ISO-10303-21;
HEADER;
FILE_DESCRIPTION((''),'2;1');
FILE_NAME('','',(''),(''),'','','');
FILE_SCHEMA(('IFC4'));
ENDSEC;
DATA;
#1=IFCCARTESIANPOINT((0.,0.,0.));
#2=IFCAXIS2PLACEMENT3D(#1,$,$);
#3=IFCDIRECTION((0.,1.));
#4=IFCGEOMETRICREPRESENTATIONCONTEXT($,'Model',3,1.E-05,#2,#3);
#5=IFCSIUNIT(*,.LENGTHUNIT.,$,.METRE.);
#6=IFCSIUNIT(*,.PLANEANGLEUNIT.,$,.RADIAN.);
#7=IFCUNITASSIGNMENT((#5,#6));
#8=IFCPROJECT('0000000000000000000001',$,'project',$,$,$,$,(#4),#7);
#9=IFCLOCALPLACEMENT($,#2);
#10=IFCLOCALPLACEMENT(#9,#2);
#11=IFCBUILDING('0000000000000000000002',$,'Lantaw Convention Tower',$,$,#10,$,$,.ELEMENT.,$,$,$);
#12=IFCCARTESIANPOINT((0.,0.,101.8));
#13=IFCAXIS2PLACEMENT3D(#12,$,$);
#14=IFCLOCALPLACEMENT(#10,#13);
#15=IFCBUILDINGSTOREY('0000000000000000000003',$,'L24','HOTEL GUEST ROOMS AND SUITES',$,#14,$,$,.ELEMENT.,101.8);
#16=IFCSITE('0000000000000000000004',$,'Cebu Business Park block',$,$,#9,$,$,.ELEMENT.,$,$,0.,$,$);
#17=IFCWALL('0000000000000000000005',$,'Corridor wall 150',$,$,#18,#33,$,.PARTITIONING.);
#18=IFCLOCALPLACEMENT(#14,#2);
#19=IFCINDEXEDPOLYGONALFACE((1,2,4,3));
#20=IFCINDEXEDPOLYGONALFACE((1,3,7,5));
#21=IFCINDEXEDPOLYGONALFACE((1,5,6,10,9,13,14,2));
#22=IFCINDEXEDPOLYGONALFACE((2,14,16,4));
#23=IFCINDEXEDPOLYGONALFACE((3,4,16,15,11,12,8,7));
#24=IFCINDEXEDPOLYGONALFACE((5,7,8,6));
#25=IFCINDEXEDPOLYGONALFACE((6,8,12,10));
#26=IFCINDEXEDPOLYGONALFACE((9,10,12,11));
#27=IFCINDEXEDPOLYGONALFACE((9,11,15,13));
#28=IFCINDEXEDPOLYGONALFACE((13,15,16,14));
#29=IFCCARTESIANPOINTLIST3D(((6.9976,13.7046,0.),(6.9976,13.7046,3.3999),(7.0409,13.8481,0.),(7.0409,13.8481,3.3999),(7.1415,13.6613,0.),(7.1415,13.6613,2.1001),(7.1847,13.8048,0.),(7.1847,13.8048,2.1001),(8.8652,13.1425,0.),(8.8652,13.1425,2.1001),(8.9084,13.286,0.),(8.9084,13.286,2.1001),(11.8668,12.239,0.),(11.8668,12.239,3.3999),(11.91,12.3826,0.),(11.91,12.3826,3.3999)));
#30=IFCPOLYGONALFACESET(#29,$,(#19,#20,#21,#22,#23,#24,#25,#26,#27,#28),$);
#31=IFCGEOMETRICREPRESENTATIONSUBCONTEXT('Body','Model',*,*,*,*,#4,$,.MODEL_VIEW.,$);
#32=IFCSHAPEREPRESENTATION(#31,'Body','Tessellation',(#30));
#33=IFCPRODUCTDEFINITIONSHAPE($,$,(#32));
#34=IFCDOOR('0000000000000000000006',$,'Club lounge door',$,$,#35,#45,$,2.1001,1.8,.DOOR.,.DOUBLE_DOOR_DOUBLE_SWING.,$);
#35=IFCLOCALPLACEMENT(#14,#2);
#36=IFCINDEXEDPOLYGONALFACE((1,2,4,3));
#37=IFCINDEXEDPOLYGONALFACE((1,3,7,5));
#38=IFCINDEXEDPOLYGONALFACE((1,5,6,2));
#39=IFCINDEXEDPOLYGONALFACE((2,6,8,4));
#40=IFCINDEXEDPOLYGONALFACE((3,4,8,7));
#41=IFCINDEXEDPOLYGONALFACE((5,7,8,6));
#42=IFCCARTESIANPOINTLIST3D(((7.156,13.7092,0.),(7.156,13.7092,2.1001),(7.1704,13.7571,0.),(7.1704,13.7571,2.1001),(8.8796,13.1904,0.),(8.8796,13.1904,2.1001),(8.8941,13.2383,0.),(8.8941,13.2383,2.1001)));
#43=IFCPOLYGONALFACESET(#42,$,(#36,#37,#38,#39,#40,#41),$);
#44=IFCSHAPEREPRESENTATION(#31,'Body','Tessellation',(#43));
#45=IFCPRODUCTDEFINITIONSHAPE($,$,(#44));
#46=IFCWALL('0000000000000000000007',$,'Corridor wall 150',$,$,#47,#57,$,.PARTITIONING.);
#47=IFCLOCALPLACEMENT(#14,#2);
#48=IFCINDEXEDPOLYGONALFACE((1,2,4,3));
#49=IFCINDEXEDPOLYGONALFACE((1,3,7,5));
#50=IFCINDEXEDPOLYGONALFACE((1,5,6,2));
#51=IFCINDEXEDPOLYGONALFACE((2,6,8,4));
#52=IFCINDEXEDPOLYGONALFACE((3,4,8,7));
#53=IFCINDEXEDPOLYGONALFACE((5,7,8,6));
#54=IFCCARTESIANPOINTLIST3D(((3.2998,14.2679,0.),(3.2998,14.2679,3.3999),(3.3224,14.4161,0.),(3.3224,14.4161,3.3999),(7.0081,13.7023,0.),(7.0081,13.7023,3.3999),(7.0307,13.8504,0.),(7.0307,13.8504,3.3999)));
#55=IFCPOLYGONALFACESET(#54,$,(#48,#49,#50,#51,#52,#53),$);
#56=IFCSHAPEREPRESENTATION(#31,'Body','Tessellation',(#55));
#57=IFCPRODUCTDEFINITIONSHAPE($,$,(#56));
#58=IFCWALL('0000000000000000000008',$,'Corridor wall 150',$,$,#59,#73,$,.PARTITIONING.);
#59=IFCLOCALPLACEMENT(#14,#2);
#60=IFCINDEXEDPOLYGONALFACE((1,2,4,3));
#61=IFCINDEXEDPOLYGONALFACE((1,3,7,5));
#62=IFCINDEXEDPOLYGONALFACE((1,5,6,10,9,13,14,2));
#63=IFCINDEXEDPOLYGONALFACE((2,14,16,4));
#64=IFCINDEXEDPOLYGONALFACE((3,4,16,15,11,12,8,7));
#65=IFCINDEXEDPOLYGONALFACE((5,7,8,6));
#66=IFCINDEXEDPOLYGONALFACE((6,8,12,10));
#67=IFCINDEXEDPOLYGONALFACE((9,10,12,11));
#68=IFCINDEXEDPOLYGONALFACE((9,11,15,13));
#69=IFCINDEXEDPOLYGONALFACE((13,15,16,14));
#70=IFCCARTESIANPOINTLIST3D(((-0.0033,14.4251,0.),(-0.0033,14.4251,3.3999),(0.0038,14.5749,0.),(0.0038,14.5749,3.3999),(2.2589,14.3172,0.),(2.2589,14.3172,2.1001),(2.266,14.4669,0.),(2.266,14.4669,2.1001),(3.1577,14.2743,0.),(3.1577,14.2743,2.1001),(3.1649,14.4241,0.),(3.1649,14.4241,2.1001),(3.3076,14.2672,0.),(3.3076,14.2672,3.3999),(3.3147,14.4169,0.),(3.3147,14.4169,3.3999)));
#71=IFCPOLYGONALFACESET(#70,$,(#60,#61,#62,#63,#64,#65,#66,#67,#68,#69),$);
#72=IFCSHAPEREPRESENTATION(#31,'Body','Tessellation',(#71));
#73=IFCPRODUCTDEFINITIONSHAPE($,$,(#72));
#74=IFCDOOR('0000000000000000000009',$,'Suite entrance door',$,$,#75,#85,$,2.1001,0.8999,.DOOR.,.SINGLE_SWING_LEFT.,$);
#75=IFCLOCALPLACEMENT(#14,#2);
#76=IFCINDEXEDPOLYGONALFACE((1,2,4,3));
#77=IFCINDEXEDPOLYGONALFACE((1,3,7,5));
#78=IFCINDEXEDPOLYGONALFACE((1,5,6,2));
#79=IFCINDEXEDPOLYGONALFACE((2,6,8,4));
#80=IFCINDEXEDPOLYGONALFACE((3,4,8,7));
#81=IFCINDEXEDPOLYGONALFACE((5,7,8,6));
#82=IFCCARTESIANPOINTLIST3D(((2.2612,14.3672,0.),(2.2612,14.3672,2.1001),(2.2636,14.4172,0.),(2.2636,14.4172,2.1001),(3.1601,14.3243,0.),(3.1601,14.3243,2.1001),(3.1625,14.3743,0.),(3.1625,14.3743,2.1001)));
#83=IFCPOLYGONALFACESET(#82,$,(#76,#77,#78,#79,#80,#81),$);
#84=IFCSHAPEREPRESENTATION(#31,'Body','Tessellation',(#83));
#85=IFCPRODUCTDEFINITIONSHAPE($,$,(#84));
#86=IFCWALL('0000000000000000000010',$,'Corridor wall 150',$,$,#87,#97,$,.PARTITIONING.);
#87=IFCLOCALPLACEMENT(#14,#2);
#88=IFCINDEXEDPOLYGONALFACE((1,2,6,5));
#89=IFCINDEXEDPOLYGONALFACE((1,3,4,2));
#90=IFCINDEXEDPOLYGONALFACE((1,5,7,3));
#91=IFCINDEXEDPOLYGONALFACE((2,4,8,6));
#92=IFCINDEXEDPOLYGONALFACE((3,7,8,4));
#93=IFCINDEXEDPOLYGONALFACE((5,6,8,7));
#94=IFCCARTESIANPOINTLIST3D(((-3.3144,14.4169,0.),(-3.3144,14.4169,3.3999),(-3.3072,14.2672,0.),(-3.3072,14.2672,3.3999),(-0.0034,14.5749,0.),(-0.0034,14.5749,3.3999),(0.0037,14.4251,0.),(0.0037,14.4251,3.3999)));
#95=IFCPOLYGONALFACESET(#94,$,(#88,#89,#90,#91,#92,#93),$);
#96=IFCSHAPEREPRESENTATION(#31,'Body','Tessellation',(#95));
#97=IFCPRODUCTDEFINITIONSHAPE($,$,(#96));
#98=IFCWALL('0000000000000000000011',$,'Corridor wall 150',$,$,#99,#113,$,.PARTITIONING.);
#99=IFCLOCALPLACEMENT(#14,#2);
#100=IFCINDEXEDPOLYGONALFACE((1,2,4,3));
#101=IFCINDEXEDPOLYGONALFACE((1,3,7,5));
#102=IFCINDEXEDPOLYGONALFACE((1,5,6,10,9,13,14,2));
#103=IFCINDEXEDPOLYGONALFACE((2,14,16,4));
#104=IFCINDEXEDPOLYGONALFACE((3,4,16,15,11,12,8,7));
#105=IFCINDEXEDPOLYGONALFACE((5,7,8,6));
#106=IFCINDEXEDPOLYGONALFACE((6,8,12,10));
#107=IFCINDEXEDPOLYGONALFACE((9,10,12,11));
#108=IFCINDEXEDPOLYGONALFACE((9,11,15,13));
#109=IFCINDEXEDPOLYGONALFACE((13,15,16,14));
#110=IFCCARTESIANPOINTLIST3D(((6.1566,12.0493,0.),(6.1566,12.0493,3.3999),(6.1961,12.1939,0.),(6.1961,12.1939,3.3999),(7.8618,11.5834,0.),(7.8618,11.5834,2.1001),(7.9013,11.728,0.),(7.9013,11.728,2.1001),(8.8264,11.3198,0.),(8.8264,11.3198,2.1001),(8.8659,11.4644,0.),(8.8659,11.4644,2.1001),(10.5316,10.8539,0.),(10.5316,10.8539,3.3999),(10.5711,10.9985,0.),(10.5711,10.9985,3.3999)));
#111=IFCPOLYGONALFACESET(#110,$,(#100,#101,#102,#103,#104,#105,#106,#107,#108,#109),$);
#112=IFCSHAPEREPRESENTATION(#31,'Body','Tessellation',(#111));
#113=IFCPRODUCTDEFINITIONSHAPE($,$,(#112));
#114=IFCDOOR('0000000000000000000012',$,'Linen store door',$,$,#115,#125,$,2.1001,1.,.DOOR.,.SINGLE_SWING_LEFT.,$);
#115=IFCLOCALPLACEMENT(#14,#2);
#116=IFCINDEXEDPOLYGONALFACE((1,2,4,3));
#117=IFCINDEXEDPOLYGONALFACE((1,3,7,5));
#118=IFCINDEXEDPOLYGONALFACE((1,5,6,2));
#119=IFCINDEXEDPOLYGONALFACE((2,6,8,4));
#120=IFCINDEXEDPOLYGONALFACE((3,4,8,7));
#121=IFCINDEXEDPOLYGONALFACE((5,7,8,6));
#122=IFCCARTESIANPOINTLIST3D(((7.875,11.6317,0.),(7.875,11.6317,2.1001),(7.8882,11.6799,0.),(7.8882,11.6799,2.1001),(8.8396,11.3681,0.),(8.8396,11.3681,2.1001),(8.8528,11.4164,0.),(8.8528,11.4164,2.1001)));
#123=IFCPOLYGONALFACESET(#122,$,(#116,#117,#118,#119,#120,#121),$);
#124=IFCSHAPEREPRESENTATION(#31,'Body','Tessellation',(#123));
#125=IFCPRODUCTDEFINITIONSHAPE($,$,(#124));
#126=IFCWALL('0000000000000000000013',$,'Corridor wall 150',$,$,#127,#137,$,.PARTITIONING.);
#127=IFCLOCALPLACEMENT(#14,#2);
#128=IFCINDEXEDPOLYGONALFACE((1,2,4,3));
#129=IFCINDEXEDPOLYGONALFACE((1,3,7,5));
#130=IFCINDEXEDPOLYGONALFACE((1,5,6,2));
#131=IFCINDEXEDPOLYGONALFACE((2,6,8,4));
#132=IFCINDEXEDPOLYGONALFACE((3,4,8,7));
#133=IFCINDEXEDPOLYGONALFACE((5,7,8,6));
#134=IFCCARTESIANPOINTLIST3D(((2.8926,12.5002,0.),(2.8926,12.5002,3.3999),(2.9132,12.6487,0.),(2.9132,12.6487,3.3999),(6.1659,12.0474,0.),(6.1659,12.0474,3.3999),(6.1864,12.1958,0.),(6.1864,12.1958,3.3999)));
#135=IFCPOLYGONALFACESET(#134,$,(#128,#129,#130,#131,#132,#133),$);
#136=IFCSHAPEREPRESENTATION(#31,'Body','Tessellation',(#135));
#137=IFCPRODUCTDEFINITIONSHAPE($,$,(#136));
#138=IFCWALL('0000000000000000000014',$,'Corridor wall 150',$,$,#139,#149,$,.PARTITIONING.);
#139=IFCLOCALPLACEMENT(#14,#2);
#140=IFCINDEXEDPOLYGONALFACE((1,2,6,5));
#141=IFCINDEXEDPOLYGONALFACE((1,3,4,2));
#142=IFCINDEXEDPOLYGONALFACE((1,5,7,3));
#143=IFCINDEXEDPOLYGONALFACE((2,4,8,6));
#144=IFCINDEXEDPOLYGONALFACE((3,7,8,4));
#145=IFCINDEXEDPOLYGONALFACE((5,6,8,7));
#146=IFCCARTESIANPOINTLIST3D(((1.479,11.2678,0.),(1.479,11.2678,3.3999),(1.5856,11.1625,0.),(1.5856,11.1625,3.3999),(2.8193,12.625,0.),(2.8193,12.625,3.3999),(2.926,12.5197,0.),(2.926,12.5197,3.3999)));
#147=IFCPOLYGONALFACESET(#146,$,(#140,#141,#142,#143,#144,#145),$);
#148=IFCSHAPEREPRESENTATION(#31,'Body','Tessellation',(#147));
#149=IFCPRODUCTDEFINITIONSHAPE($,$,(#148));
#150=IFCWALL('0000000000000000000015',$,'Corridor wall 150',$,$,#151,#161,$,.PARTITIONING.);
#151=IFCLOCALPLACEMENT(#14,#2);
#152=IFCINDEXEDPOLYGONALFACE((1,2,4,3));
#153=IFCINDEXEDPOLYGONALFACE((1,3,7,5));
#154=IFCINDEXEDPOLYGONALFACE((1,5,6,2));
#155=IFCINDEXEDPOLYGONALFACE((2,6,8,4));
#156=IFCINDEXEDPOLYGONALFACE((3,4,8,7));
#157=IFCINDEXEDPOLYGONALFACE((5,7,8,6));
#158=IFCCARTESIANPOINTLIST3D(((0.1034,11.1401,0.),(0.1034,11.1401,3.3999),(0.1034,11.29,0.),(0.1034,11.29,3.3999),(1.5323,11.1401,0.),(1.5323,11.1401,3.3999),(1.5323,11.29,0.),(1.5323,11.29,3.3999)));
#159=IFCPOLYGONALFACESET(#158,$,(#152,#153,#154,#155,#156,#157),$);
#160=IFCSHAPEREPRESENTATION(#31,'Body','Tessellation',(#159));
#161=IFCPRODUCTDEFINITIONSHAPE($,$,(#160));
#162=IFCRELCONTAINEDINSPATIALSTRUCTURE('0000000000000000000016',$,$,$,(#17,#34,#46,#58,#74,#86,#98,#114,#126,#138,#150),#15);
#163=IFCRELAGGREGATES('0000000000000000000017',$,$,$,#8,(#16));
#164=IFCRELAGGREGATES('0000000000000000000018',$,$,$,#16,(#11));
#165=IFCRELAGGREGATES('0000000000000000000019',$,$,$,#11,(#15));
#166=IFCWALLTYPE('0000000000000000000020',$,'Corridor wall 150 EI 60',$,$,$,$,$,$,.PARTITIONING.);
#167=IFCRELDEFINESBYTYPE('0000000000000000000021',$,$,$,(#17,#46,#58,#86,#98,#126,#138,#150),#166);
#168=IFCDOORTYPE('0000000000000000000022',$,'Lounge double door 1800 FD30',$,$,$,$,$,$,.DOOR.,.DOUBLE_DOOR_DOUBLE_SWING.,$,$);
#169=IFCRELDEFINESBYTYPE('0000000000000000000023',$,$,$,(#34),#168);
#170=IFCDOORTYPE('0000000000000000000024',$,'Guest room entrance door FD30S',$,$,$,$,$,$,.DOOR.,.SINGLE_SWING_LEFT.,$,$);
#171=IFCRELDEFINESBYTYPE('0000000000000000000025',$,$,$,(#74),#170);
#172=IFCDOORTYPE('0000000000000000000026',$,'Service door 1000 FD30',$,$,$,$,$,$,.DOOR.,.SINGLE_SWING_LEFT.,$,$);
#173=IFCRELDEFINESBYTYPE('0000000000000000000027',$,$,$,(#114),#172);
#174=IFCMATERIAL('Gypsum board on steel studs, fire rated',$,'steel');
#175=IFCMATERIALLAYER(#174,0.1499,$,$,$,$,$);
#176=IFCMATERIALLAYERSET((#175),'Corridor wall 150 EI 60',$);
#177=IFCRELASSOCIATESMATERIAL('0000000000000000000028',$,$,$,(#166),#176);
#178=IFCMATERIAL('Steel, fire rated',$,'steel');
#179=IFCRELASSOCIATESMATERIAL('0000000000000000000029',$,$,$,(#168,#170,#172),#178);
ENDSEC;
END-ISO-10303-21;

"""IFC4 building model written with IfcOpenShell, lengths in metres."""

from ifc_helpers import new_model, si_unit, direction, frame, frame_2d, origin, place, context, subcontext, project, spatial, rectangle, extrude, material, layer, layer_set, type_object, element, fill, save


model = new_model("IFC4")

# Units and contexts
model_context = context("Model", 3, precision=1e-05, world=origin(), true_north=direction((0.0, 1.0)))
body_context = subcontext(model_context, "Body", "Model", "MODEL_VIEW")
ifc_project = project(units=[si_unit("LENGTHUNIT", "METRE"), si_unit("PLANEANGLEUNIT", "RADIAN")], contexts=[model_context])

# Site, building, storey
site_placement = place(None, origin())
site = spatial("IfcSite", under=ifc_project, at=site_placement, Name="Cebu Business Park block", CompositionType="ELEMENT", RefElevation=0.0)
building_placement = place(site_placement, origin())
building = spatial("IfcBuilding", under=site, at=building_placement, Name="Lantaw Convention Tower", CompositionType="ELEMENT")
storey_placement = place(building_placement, frame((0.0, 0.0, 101.8)))
storey = spatial("IfcBuildingStorey", under=building, at=storey_placement, Name="L24", Description="HOTEL GUEST ROOMS AND SUITES", CompositionType="ELEMENT", Elevation=101.8)

# Wall, opening, door
ifc_material_1 = material(Name="Gypsum board on steel studs, fire rated", Category="steel")
ifc_layer_1 = layer(ifc_material_1, 0.1499)
ifc_layer_set_1 = layer_set([ifc_layer_1], Name="Corridor wall 150 EI 60")
wall_type_1 = type_object("IfcWallType", Name="Corridor wall 150 EI 60", PredefinedType="PARTITIONING", material=ifc_layer_set_1)
wall_1_placement = place(storey_placement, frame((11.8884, 12.3108, 0.0), z_axis=(0.0, 0.0, 1.0), x_axis=(-0.957564, 0.28822, 0.0)))
wall_1 = element("IfcWall", 1, at=wall_1_placement, inside=storey, type_object=wall_type_1, Name="Corridor wall 150", PredefinedType="PARTITIONING", context=body_context, shape_type="SweptSolid", body=[
    extrude(rectangle(XDim=5.085, YDim=0.1499, at=frame_2d((2.5425, 0.0))), origin(), (0.0, 0.0, 1.0), 3.3999),
])
opening_1_placement = place(wall_1_placement, frame((3.1348, 0.0, 0.0)))
opening_1 = element("IfcOpeningElement", 2, at=opening_1_placement, cuts=wall_1, PredefinedType="OPENING", context=body_context, shape_type="SweptSolid", body=[
    extrude(rectangle(XDim=1.8, YDim=2.1001, at=frame_2d((0.8999, 1.05))), frame((0.0, 0.085, 0.0), z_axis=(0.0, -1.0, 0.0), x_axis=(1.0, 0.0, 0.0)), (0.0, 0.0, 1.0), 0.1699),
])
ifc_material_2 = material(Name="Steel, fire rated", Category="steel")
door_type_1 = type_object("IfcDoorType", Name="Lounge double door 1800 FD30", OperationType="DOUBLE_DOOR_DOUBLE_SWING", PredefinedType="DOOR", material=ifc_material_2)
door_1_placement = place(opening_1_placement, origin())
door_1 = element("IfcDoor", 3, at=door_1_placement, inside=storey, type_object=door_type_1, Name="Club lounge door", OperationType="DOUBLE_DOOR_DOUBLE_SWING", OverallHeight=2.1001, OverallWidth=1.8, PredefinedType="DOOR", context=body_context, shape_type="SweptSolid", body=[
    extrude(rectangle(XDim=1.8, YDim=2.1001, at=frame_2d((0.8999, 1.05))), frame((0.0, 0.0249, 0.0), z_axis=(0.0, -1.0, 0.0), x_axis=(1.0, 0.0, 0.0)), (0.0, 0.0, 1.0), 0.05),
])
fill(opening_1, door_1)

# Wall
wall_2_placement = place(storey_placement, frame((7.0193, 13.7764, 0.0), z_axis=(0.0, 0.0, 1.0), x_axis=(-0.988564, 0.1508, 0.0)))
element("IfcWall", 4, at=wall_2_placement, inside=storey, type_object=wall_type_1, Name="Corridor wall 150", PredefinedType="PARTITIONING", context=body_context, shape_type="SweptSolid", body=[
    extrude(rectangle(XDim=3.7512, YDim=0.1499, at=frame_2d((1.8755, 0.0))), origin(), (0.0, 0.0, 1.0), 3.3999),
])

# Wall, opening, door
wall_3_placement = place(storey_placement, frame((3.311, 14.342, 0.0), z_axis=(0.0, 0.0, 1.0), x_axis=(-0.998864, 0.047653, 0.0)))
wall_3 = element("IfcWall", 5, at=wall_3_placement, inside=storey, type_object=wall_type_1, Name="Corridor wall 150", PredefinedType="PARTITIONING", context=body_context, shape_type="SweptSolid", body=[
    extrude(rectangle(XDim=3.3147, YDim=0.1499, at=frame_2d((1.6572, 0.0))), origin(), (0.0, 0.0, 1.0), 3.3999),
])
opening_2_placement = place(wall_3_placement, frame((0.1499, 0.0, 0.0)))
opening_2 = element("IfcOpeningElement", 6, at=opening_2_placement, cuts=wall_3, PredefinedType="OPENING", context=body_context, shape_type="SweptSolid", body=[
    extrude(rectangle(XDim=0.8999, YDim=2.1001, at=frame_2d((0.45, 1.05))), frame((0.0, 0.085, 0.0), z_axis=(0.0, -1.0, 0.0), x_axis=(1.0, 0.0, 0.0)), (0.0, 0.0, 1.0), 0.1699),
])
door_type_2 = type_object("IfcDoorType", Name="Guest room entrance door FD30S", OperationType="SINGLE_SWING_LEFT", PredefinedType="DOOR", material=ifc_material_2)
door_2_placement = place(opening_2_placement, origin())
door_2 = element("IfcDoor", 7, at=door_2_placement, inside=storey, type_object=door_type_2, Name="Suite entrance door", OperationType="SINGLE_SWING_LEFT", OverallHeight=2.1001, OverallWidth=0.8999, PredefinedType="DOOR", context=body_context, shape_type="SweptSolid", body=[
    extrude(rectangle(XDim=0.8999, YDim=2.1001, at=frame_2d((0.45, 1.05))), frame((0.0, 0.0249, 0.0), z_axis=(0.0, -1.0, 0.0), x_axis=(1.0, 0.0, 0.0)), (0.0, 0.0, 1.0), 0.05),
])
fill(opening_2, door_2)

# Wall
wall_4_placement = place(storey_placement, frame((0.0, 14.5, 0.0), z_axis=(0.0, 0.0, 1.0), x_axis=(-0.998864, -0.047653, 0.0)))
element("IfcWall", 8, at=wall_4_placement, inside=storey, type_object=wall_type_1, Name="Corridor wall 150", PredefinedType="PARTITIONING", context=body_context, shape_type="SweptSolid", body=[
    extrude(rectangle(XDim=3.3147, YDim=0.1499, at=frame_2d((1.6572, 0.0))), origin(), (0.0, 0.0, 1.0), 3.3999),
])

# Wall, opening, door
wall_5_placement = place(storey_placement, frame((10.5513, 10.9263, 0.0), z_axis=(0.0, 0.0, 1.0), x_axis=(-0.964644, 0.263555, 0.0)))
wall_5 = element("IfcWall", 9, at=wall_5_placement, inside=storey, type_object=wall_type_1, Name="Corridor wall 150", PredefinedType="PARTITIONING", context=body_context, shape_type="SweptSolid", body=[
    extrude(rectangle(XDim=4.5354, YDim=0.1499, at=frame_2d((2.2676, 0.0))), origin(), (0.0, 0.0, 1.0), 3.3999),
])
opening_3_placement = place(wall_5_placement, frame((1.7676, 0.0, 0.0)))
opening_3 = element("IfcOpeningElement", 10, at=opening_3_placement, cuts=wall_5, PredefinedType="OPENING", context=body_context, shape_type="SweptSolid", body=[
    extrude(rectangle(XDim=1.0, YDim=2.1001, at=frame_2d((0.5, 1.05))), frame((0.0, 0.085, 0.0), z_axis=(0.0, -1.0, 0.0), x_axis=(1.0, 0.0, 0.0)), (0.0, 0.0, 1.0), 0.1699),
])
door_type_3 = type_object("IfcDoorType", Name="Service door 1000 FD30", OperationType="SINGLE_SWING_LEFT", PredefinedType="DOOR", material=ifc_material_2)
door_3_placement = place(opening_3_placement, origin())
door_3 = element("IfcDoor", 11, at=door_3_placement, inside=storey, type_object=door_type_3, Name="Linen store door", OperationType="SINGLE_SWING_LEFT", OverallHeight=2.1001, OverallWidth=1.0, PredefinedType="DOOR", context=body_context, shape_type="SweptSolid", body=[
    extrude(rectangle(XDim=1.0, YDim=2.1001, at=frame_2d((0.5, 1.05))), frame((0.0, 0.0249, 0.0), z_axis=(0.0, -1.0, 0.0), x_axis=(1.0, 0.0, 0.0)), (0.0, 0.0, 1.0), 0.05),
])
fill(opening_3, door_3)

# Walls
wall_6_placement = place(storey_placement, frame((6.1763, 12.1216, 0.0), z_axis=(0.0, 0.0, 1.0), x_axis=(-0.990563, 0.137055, 0.0)))
element("IfcWall", 12, at=wall_6_placement, inside=storey, type_object=wall_type_1, Name="Corridor wall 150", PredefinedType="PARTITIONING", context=body_context, shape_type="SweptSolid", body=[
    extrude(rectangle(XDim=3.3044, YDim=0.1499, at=frame_2d((1.6523, 0.0))), origin(), (0.0, 0.0, 1.0), 3.3999),
])
wall_7_placement = place(storey_placement, frame((2.8726, 12.5723, 0.0), z_axis=(0.0, 0.0, 1.0), x_axis=(-0.702677, -0.711509, 0.0)))
element("IfcWall", 13, at=wall_7_placement, inside=storey, type_object=wall_type_1, Name="Corridor wall 150", PredefinedType="PARTITIONING", context=body_context, shape_type="SweptSolid", body=[
    extrude(rectangle(XDim=1.9075, YDim=0.1499, at=frame_2d((0.9536, 0.0))), origin(), (0.0, 0.0, 1.0), 3.3999),
])
wall_8_placement = place(storey_placement, frame((1.5322, 11.2151, 0.0), z_axis=(0.0, 0.0, 1.0), x_axis=(-1.0, 0.0, 0.0)))
element("IfcWall", 14, at=wall_8_placement, inside=storey, type_object=wall_type_1, Name="Corridor wall 150", PredefinedType="PARTITIONING", context=body_context, shape_type="SweptSolid", body=[
    extrude(rectangle(XDim=1.429, YDim=0.1499, at=frame_2d((0.7144, 0.0))), origin(), (0.0, 0.0, 1.0), 3.3999),
])

save(model, "model.ifc")
